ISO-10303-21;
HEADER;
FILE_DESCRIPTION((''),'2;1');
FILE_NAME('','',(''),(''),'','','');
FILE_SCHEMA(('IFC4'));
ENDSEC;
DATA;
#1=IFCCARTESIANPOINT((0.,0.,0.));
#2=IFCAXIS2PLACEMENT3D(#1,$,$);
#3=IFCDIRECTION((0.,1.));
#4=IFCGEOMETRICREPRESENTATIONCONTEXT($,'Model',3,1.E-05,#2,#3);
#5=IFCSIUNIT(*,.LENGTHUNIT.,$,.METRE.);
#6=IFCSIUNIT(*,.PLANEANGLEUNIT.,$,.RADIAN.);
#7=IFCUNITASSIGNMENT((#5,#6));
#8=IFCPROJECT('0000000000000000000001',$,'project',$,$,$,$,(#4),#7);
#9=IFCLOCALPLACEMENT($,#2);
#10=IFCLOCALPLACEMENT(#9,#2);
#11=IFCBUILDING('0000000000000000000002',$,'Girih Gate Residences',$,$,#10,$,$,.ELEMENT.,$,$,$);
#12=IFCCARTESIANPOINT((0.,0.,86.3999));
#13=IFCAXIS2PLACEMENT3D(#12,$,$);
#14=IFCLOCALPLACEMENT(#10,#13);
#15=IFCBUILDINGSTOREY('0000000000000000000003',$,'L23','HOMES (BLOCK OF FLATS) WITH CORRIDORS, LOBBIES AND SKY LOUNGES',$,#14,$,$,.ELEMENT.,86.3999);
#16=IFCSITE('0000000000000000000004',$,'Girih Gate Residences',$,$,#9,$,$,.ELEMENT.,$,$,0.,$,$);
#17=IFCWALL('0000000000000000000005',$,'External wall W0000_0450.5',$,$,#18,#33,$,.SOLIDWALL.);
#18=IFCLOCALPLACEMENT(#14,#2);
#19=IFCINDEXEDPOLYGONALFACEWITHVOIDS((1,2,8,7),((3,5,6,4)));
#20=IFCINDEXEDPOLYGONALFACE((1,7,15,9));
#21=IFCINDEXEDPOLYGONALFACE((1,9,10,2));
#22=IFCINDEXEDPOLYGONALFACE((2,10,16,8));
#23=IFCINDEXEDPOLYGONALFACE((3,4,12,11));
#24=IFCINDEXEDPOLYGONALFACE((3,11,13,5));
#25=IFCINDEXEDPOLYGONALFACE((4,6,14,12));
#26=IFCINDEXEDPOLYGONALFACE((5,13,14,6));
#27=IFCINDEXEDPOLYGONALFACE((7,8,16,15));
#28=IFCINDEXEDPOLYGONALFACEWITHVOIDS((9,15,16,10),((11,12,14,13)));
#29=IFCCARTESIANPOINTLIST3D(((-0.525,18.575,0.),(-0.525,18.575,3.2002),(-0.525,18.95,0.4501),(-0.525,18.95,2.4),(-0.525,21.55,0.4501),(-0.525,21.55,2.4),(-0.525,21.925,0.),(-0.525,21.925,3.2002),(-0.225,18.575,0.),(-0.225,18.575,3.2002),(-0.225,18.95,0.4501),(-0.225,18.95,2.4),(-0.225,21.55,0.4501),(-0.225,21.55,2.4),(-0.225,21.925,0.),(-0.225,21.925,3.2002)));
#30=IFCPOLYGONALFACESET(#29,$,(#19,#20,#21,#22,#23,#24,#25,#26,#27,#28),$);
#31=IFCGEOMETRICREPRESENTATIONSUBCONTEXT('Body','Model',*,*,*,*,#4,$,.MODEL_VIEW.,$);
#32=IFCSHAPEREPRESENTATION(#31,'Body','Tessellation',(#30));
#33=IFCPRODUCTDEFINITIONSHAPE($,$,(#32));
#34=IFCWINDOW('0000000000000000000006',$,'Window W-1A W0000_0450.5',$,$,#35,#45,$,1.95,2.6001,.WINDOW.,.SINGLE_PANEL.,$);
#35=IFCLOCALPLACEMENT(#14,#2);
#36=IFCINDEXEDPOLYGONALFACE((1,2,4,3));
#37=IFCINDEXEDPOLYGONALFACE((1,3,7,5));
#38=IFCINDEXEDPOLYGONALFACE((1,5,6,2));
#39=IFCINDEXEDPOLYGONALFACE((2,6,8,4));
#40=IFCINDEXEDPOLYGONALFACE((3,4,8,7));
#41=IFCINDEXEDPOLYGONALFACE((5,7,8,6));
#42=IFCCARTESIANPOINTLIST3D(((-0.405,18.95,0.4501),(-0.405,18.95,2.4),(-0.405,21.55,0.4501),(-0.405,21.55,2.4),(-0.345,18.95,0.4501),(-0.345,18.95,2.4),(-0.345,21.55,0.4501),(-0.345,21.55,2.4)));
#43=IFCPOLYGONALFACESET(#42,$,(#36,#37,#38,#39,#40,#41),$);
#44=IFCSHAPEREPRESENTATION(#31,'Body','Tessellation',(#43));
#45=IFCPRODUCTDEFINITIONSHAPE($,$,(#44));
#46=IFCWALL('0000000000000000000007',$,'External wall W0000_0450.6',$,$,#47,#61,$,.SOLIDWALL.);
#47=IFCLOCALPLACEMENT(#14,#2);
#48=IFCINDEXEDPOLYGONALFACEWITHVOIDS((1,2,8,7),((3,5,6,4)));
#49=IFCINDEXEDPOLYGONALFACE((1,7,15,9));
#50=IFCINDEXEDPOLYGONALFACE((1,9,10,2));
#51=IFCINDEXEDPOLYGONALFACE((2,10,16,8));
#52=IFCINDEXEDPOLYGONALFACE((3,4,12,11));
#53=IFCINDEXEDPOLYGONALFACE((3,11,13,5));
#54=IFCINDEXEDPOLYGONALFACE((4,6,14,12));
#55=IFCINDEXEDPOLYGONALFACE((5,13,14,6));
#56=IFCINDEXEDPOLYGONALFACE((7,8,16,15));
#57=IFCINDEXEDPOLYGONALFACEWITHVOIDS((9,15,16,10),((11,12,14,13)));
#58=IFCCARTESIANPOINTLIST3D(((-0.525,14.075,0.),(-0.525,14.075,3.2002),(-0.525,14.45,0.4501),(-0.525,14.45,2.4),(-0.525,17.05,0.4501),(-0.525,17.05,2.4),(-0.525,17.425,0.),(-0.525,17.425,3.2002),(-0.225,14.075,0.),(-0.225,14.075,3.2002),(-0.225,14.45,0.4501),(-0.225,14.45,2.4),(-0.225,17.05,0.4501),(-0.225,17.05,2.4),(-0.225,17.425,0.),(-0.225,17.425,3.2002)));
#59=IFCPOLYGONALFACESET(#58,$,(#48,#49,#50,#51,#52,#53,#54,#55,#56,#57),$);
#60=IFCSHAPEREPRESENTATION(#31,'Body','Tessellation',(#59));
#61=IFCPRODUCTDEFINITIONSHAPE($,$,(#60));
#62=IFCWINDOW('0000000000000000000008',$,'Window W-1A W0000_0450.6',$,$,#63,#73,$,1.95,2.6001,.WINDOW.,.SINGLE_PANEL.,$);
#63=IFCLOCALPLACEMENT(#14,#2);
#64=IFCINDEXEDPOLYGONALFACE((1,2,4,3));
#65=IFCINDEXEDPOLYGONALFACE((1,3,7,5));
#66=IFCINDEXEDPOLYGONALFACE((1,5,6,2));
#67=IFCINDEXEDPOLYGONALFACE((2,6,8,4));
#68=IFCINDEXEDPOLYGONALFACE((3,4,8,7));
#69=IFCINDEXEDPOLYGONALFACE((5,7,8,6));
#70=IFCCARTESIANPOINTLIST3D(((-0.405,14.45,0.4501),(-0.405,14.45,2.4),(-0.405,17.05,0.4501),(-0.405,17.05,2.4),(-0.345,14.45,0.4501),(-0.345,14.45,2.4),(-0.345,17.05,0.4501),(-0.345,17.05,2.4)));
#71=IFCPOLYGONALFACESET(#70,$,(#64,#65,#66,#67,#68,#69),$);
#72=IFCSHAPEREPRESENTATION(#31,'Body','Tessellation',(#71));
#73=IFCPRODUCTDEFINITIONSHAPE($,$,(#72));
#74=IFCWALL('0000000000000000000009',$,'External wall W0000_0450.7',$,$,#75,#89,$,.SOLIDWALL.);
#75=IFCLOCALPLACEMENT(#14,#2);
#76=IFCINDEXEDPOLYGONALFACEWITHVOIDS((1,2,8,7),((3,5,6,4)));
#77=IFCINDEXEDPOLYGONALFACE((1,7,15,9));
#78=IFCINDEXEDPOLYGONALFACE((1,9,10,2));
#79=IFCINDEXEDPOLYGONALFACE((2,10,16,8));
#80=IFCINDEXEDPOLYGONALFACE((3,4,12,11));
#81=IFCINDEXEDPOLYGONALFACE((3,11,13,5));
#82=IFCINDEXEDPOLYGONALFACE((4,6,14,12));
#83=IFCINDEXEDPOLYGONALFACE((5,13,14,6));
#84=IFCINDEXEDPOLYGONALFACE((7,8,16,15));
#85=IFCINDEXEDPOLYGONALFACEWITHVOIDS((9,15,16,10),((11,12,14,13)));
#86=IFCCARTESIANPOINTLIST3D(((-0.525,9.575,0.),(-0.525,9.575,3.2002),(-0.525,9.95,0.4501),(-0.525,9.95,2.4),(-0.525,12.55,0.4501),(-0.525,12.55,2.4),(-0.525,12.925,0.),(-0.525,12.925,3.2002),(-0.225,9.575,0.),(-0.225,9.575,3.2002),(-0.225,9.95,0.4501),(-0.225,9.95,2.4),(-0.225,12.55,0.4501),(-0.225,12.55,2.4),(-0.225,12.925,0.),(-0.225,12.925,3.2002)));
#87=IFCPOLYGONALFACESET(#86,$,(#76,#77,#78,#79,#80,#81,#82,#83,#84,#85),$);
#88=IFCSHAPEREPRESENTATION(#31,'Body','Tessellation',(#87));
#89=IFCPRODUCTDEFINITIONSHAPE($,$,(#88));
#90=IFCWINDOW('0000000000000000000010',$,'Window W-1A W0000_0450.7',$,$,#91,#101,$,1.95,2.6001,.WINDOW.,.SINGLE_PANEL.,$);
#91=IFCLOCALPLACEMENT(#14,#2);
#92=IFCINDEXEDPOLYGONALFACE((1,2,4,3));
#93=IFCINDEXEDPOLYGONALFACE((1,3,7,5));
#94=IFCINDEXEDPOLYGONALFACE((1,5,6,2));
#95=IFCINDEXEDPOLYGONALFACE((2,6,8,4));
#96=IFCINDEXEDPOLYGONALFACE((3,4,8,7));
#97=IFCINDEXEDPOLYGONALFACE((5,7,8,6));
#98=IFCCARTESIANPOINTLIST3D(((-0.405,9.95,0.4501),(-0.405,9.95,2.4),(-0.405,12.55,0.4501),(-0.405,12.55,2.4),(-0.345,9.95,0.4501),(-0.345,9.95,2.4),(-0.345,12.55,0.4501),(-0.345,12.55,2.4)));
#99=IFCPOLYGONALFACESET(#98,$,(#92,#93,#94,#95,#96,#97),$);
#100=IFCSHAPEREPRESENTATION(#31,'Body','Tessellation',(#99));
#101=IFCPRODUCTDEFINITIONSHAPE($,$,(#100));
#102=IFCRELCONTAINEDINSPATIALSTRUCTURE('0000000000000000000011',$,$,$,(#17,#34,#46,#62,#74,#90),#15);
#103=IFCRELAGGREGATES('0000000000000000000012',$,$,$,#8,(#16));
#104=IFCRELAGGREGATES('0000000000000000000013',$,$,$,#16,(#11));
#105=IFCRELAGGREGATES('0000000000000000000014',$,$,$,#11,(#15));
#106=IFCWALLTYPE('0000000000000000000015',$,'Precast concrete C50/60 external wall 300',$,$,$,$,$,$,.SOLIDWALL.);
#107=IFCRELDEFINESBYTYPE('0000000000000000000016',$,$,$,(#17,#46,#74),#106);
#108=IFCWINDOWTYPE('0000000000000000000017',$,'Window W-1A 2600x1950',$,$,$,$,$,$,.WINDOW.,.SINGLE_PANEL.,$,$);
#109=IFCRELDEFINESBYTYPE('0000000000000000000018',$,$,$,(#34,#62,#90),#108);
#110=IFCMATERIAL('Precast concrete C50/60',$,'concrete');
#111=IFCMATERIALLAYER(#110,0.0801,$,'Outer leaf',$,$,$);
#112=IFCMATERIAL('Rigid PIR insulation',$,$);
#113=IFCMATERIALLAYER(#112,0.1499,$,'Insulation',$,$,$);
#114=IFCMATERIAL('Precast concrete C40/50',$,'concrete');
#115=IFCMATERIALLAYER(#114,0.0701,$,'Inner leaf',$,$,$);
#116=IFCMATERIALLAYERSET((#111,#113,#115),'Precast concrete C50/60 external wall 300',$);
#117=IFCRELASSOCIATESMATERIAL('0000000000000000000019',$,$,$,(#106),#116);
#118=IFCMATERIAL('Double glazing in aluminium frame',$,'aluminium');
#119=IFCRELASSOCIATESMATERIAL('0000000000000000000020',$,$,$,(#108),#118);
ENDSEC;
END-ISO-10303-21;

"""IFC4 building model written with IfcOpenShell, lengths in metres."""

from ifc_helpers import new_model, si_unit, direction, frame, frame_2d, origin, place, context, subcontext, project, spatial, rectangle, extrude, material, layer, layer_set, type_object, element, fill, save


model = new_model("IFC4")

# Units and contexts
model_context = context("Model", 3, precision=1e-05, world=origin(), true_north=direction((0.0, 1.0)))
body_context = subcontext(model_context, "Body", "Model", "MODEL_VIEW")
ifc_project = project(units=[si_unit("LENGTHUNIT", "METRE"), si_unit("PLANEANGLEUNIT", "RADIAN")], contexts=[model_context])

# Site, building, storey
site_placement = place(None, origin())
site = spatial("IfcSite", under=ifc_project, at=site_placement, Name="Girih Gate Residences", CompositionType="ELEMENT", RefElevation=0.0)
building_placement = place(site_placement, origin())
building = spatial("IfcBuilding", under=site, at=building_placement, Name="Girih Gate Residences", CompositionType="ELEMENT")
storey_placement = place(building_placement, frame((0.0, 0.0, 86.3999)))
storey = spatial("IfcBuildingStorey", under=building, at=storey_placement, Name="L23", Description="HOMES (BLOCK OF FLATS) WITH CORRIDORS, LOBBIES AND SKY LOUNGES", CompositionType="ELEMENT", Elevation=86.3999)

# Walls, openings, windows
ifc_material_1 = material(Name="Precast concrete C50/60", Category="concrete")
ifc_layer_1 = layer(ifc_material_1, 0.0801, Name="Outer leaf")
ifc_material_2 = material(Name="Rigid PIR insulation")
ifc_layer_2 = layer(ifc_material_2, 0.1499, Name="Insulation")
ifc_material_3 = material(Name="Precast concrete C40/50", Category="concrete")
ifc_layer_3 = layer(ifc_material_3, 0.0701, Name="Inner leaf")
ifc_layer_set_1 = layer_set([ifc_layer_1, ifc_layer_2, ifc_layer_3], Name="Precast concrete C50/60 external wall 300")
wall_type_1 = type_object("IfcWallType", Name="Precast concrete C50/60 external wall 300", PredefinedType="SOLIDWALL", material=ifc_layer_set_1)
wall_1_placement = place(storey_placement, frame((-0.375, 18.575, 0.0), z_axis=(0.0, 0.0, 1.0), x_axis=(0.0, 1.0, 0.0)))
wall_1 = element("IfcWall", 1, at=wall_1_placement, inside=storey, type_object=wall_type_1, Name="External wall W0000_0450.5", PredefinedType="SOLIDWALL", context=body_context, shape_type="SweptSolid", body=[
    extrude(rectangle(XDim=3.3501, YDim=0.3, at=frame_2d((1.675, 0.0))), origin(), (0.0, 0.0, 1.0), 3.2002),
])
opening_1_placement = place(wall_1_placement, frame((0.375, 0.0, 0.45)))
opening_1 = element("IfcOpeningElement", 2, at=opening_1_placement, cuts=wall_1, PredefinedType="OPENING", context=body_context, shape_type="SweptSolid", body=[
    extrude(rectangle(XDim=2.6001, YDim=1.95, at=frame_2d((1.3, 0.9751))), frame((0.0, 0.1599, 0.0), z_axis=(0.0, -1.0, 0.0), x_axis=(1.0, 0.0, 0.0)), (0.0, 0.0, 1.0), 0.3201),
])
ifc_material_4 = material(Name="Double glazing in aluminium frame", Category="aluminium")
window_type = type_object("IfcWindowType", Name="Window W-1A 2600x1950", PartitioningType="SINGLE_PANEL", PredefinedType="WINDOW", material=ifc_material_4)
window_1_placement = place(opening_1_placement, origin())
window_1 = element("IfcWindow", 3, at=window_1_placement, inside=storey, type_object=window_type, Name="Window W-1A W0000_0450.5", OverallHeight=1.95, OverallWidth=2.6001, PartitioningType="SINGLE_PANEL", PredefinedType="WINDOW", context=body_context, shape_type="SweptSolid", body=[
    extrude(rectangle(XDim=2.6001, YDim=1.95, at=frame_2d((1.3, 0.9751))), frame((0.0, 0.03, 0.0), z_axis=(0.0, -1.0, 0.0), x_axis=(1.0, 0.0, 0.0)), (0.0, 0.0, 1.0), 0.0601),
])
fill(opening_1, window_1)
wall_2_placement = place(storey_placement, frame((-0.375, 14.075, 0.0), z_axis=(0.0, 0.0, 1.0), x_axis=(0.0, 1.0, 0.0)))
wall_2 = element("IfcWall", 4, at=wall_2_placement, inside=storey, type_object=wall_type_1, Name="External wall W0000_0450.6", PredefinedType="SOLIDWALL", context=body_context, shape_type="SweptSolid", body=[
    extrude(rectangle(XDim=3.3501, YDim=0.3, at=frame_2d((1.675, 0.0))), origin(), (0.0, 0.0, 1.0), 3.2002),
])
opening_2_placement = place(wall_2_placement, frame((0.375, 0.0, 0.45)))
opening_2 = element("IfcOpeningElement", 5, at=opening_2_placement, cuts=wall_2, PredefinedType="OPENING", context=body_context, shape_type="SweptSolid", body=[
    extrude(rectangle(XDim=2.6001, YDim=1.95, at=frame_2d((1.3, 0.9751))), frame((0.0, 0.1599, 0.0), z_axis=(0.0, -1.0, 0.0), x_axis=(1.0, 0.0, 0.0)), (0.0, 0.0, 1.0), 0.3201),
])
window_2_placement = place(opening_2_placement, origin())
window_2 = element("IfcWindow", 6, at=window_2_placement, inside=storey, type_object=window_type, Name="Window W-1A W0000_0450.6", OverallHeight=1.95, OverallWidth=2.6001, PartitioningType="SINGLE_PANEL", PredefinedType="WINDOW", context=body_context, shape_type="SweptSolid", body=[
    extrude(rectangle(XDim=2.6001, YDim=1.95, at=frame_2d((1.3, 0.9751))), frame((0.0, 0.03, 0.0), z_axis=(0.0, -1.0, 0.0), x_axis=(1.0, 0.0, 0.0)), (0.0, 0.0, 1.0), 0.0601),
])
fill(opening_2, window_2)
wall_3_placement = place(storey_placement, frame((-0.375, 9.575, 0.0), z_axis=(0.0, 0.0, 1.0), x_axis=(0.0, 1.0, 0.0)))
wall_3 = element("IfcWall", 7, at=wall_3_placement, inside=storey, type_object=wall_type_1, Name="External wall W0000_0450.7", PredefinedType="SOLIDWALL", context=body_context, shape_type="SweptSolid", body=[
    extrude(rectangle(XDim=3.3501, YDim=0.3, at=frame_2d((1.675, 0.0))), origin(), (0.0, 0.0, 1.0), 3.2002),
])
opening_3_placement = place(wall_3_placement, frame((0.375, 0.0, 0.45)))
opening_3 = element("IfcOpeningElement", 8, at=opening_3_placement, cuts=wall_3, PredefinedType="OPENING", context=body_context, shape_type="SweptSolid", body=[
    extrude(rectangle(XDim=2.6001, YDim=1.95, at=frame_2d((1.3, 0.9751))), frame((0.0, 0.1599, 0.0), z_axis=(0.0, -1.0, 0.0), x_axis=(1.0, 0.0, 0.0)), (0.0, 0.0, 1.0), 0.3201),
])
window_3_placement = place(opening_3_placement, origin())
window_3 = element("IfcWindow", 9, at=window_3_placement, inside=storey, type_object=window_type, Name="Window W-1A W0000_0450.7", OverallHeight=1.95, OverallWidth=2.6001, PartitioningType="SINGLE_PANEL", PredefinedType="WINDOW", context=body_context, shape_type="SweptSolid", body=[
    extrude(rectangle(XDim=2.6001, YDim=1.95, at=frame_2d((1.3, 0.9751))), frame((0.0, 0.03, 0.0), z_axis=(0.0, -1.0, 0.0), x_axis=(1.0, 0.0, 0.0)), (0.0, 0.0, 1.0), 0.0601),
])
fill(opening_3, window_3)

save(model, "model.ifc")
